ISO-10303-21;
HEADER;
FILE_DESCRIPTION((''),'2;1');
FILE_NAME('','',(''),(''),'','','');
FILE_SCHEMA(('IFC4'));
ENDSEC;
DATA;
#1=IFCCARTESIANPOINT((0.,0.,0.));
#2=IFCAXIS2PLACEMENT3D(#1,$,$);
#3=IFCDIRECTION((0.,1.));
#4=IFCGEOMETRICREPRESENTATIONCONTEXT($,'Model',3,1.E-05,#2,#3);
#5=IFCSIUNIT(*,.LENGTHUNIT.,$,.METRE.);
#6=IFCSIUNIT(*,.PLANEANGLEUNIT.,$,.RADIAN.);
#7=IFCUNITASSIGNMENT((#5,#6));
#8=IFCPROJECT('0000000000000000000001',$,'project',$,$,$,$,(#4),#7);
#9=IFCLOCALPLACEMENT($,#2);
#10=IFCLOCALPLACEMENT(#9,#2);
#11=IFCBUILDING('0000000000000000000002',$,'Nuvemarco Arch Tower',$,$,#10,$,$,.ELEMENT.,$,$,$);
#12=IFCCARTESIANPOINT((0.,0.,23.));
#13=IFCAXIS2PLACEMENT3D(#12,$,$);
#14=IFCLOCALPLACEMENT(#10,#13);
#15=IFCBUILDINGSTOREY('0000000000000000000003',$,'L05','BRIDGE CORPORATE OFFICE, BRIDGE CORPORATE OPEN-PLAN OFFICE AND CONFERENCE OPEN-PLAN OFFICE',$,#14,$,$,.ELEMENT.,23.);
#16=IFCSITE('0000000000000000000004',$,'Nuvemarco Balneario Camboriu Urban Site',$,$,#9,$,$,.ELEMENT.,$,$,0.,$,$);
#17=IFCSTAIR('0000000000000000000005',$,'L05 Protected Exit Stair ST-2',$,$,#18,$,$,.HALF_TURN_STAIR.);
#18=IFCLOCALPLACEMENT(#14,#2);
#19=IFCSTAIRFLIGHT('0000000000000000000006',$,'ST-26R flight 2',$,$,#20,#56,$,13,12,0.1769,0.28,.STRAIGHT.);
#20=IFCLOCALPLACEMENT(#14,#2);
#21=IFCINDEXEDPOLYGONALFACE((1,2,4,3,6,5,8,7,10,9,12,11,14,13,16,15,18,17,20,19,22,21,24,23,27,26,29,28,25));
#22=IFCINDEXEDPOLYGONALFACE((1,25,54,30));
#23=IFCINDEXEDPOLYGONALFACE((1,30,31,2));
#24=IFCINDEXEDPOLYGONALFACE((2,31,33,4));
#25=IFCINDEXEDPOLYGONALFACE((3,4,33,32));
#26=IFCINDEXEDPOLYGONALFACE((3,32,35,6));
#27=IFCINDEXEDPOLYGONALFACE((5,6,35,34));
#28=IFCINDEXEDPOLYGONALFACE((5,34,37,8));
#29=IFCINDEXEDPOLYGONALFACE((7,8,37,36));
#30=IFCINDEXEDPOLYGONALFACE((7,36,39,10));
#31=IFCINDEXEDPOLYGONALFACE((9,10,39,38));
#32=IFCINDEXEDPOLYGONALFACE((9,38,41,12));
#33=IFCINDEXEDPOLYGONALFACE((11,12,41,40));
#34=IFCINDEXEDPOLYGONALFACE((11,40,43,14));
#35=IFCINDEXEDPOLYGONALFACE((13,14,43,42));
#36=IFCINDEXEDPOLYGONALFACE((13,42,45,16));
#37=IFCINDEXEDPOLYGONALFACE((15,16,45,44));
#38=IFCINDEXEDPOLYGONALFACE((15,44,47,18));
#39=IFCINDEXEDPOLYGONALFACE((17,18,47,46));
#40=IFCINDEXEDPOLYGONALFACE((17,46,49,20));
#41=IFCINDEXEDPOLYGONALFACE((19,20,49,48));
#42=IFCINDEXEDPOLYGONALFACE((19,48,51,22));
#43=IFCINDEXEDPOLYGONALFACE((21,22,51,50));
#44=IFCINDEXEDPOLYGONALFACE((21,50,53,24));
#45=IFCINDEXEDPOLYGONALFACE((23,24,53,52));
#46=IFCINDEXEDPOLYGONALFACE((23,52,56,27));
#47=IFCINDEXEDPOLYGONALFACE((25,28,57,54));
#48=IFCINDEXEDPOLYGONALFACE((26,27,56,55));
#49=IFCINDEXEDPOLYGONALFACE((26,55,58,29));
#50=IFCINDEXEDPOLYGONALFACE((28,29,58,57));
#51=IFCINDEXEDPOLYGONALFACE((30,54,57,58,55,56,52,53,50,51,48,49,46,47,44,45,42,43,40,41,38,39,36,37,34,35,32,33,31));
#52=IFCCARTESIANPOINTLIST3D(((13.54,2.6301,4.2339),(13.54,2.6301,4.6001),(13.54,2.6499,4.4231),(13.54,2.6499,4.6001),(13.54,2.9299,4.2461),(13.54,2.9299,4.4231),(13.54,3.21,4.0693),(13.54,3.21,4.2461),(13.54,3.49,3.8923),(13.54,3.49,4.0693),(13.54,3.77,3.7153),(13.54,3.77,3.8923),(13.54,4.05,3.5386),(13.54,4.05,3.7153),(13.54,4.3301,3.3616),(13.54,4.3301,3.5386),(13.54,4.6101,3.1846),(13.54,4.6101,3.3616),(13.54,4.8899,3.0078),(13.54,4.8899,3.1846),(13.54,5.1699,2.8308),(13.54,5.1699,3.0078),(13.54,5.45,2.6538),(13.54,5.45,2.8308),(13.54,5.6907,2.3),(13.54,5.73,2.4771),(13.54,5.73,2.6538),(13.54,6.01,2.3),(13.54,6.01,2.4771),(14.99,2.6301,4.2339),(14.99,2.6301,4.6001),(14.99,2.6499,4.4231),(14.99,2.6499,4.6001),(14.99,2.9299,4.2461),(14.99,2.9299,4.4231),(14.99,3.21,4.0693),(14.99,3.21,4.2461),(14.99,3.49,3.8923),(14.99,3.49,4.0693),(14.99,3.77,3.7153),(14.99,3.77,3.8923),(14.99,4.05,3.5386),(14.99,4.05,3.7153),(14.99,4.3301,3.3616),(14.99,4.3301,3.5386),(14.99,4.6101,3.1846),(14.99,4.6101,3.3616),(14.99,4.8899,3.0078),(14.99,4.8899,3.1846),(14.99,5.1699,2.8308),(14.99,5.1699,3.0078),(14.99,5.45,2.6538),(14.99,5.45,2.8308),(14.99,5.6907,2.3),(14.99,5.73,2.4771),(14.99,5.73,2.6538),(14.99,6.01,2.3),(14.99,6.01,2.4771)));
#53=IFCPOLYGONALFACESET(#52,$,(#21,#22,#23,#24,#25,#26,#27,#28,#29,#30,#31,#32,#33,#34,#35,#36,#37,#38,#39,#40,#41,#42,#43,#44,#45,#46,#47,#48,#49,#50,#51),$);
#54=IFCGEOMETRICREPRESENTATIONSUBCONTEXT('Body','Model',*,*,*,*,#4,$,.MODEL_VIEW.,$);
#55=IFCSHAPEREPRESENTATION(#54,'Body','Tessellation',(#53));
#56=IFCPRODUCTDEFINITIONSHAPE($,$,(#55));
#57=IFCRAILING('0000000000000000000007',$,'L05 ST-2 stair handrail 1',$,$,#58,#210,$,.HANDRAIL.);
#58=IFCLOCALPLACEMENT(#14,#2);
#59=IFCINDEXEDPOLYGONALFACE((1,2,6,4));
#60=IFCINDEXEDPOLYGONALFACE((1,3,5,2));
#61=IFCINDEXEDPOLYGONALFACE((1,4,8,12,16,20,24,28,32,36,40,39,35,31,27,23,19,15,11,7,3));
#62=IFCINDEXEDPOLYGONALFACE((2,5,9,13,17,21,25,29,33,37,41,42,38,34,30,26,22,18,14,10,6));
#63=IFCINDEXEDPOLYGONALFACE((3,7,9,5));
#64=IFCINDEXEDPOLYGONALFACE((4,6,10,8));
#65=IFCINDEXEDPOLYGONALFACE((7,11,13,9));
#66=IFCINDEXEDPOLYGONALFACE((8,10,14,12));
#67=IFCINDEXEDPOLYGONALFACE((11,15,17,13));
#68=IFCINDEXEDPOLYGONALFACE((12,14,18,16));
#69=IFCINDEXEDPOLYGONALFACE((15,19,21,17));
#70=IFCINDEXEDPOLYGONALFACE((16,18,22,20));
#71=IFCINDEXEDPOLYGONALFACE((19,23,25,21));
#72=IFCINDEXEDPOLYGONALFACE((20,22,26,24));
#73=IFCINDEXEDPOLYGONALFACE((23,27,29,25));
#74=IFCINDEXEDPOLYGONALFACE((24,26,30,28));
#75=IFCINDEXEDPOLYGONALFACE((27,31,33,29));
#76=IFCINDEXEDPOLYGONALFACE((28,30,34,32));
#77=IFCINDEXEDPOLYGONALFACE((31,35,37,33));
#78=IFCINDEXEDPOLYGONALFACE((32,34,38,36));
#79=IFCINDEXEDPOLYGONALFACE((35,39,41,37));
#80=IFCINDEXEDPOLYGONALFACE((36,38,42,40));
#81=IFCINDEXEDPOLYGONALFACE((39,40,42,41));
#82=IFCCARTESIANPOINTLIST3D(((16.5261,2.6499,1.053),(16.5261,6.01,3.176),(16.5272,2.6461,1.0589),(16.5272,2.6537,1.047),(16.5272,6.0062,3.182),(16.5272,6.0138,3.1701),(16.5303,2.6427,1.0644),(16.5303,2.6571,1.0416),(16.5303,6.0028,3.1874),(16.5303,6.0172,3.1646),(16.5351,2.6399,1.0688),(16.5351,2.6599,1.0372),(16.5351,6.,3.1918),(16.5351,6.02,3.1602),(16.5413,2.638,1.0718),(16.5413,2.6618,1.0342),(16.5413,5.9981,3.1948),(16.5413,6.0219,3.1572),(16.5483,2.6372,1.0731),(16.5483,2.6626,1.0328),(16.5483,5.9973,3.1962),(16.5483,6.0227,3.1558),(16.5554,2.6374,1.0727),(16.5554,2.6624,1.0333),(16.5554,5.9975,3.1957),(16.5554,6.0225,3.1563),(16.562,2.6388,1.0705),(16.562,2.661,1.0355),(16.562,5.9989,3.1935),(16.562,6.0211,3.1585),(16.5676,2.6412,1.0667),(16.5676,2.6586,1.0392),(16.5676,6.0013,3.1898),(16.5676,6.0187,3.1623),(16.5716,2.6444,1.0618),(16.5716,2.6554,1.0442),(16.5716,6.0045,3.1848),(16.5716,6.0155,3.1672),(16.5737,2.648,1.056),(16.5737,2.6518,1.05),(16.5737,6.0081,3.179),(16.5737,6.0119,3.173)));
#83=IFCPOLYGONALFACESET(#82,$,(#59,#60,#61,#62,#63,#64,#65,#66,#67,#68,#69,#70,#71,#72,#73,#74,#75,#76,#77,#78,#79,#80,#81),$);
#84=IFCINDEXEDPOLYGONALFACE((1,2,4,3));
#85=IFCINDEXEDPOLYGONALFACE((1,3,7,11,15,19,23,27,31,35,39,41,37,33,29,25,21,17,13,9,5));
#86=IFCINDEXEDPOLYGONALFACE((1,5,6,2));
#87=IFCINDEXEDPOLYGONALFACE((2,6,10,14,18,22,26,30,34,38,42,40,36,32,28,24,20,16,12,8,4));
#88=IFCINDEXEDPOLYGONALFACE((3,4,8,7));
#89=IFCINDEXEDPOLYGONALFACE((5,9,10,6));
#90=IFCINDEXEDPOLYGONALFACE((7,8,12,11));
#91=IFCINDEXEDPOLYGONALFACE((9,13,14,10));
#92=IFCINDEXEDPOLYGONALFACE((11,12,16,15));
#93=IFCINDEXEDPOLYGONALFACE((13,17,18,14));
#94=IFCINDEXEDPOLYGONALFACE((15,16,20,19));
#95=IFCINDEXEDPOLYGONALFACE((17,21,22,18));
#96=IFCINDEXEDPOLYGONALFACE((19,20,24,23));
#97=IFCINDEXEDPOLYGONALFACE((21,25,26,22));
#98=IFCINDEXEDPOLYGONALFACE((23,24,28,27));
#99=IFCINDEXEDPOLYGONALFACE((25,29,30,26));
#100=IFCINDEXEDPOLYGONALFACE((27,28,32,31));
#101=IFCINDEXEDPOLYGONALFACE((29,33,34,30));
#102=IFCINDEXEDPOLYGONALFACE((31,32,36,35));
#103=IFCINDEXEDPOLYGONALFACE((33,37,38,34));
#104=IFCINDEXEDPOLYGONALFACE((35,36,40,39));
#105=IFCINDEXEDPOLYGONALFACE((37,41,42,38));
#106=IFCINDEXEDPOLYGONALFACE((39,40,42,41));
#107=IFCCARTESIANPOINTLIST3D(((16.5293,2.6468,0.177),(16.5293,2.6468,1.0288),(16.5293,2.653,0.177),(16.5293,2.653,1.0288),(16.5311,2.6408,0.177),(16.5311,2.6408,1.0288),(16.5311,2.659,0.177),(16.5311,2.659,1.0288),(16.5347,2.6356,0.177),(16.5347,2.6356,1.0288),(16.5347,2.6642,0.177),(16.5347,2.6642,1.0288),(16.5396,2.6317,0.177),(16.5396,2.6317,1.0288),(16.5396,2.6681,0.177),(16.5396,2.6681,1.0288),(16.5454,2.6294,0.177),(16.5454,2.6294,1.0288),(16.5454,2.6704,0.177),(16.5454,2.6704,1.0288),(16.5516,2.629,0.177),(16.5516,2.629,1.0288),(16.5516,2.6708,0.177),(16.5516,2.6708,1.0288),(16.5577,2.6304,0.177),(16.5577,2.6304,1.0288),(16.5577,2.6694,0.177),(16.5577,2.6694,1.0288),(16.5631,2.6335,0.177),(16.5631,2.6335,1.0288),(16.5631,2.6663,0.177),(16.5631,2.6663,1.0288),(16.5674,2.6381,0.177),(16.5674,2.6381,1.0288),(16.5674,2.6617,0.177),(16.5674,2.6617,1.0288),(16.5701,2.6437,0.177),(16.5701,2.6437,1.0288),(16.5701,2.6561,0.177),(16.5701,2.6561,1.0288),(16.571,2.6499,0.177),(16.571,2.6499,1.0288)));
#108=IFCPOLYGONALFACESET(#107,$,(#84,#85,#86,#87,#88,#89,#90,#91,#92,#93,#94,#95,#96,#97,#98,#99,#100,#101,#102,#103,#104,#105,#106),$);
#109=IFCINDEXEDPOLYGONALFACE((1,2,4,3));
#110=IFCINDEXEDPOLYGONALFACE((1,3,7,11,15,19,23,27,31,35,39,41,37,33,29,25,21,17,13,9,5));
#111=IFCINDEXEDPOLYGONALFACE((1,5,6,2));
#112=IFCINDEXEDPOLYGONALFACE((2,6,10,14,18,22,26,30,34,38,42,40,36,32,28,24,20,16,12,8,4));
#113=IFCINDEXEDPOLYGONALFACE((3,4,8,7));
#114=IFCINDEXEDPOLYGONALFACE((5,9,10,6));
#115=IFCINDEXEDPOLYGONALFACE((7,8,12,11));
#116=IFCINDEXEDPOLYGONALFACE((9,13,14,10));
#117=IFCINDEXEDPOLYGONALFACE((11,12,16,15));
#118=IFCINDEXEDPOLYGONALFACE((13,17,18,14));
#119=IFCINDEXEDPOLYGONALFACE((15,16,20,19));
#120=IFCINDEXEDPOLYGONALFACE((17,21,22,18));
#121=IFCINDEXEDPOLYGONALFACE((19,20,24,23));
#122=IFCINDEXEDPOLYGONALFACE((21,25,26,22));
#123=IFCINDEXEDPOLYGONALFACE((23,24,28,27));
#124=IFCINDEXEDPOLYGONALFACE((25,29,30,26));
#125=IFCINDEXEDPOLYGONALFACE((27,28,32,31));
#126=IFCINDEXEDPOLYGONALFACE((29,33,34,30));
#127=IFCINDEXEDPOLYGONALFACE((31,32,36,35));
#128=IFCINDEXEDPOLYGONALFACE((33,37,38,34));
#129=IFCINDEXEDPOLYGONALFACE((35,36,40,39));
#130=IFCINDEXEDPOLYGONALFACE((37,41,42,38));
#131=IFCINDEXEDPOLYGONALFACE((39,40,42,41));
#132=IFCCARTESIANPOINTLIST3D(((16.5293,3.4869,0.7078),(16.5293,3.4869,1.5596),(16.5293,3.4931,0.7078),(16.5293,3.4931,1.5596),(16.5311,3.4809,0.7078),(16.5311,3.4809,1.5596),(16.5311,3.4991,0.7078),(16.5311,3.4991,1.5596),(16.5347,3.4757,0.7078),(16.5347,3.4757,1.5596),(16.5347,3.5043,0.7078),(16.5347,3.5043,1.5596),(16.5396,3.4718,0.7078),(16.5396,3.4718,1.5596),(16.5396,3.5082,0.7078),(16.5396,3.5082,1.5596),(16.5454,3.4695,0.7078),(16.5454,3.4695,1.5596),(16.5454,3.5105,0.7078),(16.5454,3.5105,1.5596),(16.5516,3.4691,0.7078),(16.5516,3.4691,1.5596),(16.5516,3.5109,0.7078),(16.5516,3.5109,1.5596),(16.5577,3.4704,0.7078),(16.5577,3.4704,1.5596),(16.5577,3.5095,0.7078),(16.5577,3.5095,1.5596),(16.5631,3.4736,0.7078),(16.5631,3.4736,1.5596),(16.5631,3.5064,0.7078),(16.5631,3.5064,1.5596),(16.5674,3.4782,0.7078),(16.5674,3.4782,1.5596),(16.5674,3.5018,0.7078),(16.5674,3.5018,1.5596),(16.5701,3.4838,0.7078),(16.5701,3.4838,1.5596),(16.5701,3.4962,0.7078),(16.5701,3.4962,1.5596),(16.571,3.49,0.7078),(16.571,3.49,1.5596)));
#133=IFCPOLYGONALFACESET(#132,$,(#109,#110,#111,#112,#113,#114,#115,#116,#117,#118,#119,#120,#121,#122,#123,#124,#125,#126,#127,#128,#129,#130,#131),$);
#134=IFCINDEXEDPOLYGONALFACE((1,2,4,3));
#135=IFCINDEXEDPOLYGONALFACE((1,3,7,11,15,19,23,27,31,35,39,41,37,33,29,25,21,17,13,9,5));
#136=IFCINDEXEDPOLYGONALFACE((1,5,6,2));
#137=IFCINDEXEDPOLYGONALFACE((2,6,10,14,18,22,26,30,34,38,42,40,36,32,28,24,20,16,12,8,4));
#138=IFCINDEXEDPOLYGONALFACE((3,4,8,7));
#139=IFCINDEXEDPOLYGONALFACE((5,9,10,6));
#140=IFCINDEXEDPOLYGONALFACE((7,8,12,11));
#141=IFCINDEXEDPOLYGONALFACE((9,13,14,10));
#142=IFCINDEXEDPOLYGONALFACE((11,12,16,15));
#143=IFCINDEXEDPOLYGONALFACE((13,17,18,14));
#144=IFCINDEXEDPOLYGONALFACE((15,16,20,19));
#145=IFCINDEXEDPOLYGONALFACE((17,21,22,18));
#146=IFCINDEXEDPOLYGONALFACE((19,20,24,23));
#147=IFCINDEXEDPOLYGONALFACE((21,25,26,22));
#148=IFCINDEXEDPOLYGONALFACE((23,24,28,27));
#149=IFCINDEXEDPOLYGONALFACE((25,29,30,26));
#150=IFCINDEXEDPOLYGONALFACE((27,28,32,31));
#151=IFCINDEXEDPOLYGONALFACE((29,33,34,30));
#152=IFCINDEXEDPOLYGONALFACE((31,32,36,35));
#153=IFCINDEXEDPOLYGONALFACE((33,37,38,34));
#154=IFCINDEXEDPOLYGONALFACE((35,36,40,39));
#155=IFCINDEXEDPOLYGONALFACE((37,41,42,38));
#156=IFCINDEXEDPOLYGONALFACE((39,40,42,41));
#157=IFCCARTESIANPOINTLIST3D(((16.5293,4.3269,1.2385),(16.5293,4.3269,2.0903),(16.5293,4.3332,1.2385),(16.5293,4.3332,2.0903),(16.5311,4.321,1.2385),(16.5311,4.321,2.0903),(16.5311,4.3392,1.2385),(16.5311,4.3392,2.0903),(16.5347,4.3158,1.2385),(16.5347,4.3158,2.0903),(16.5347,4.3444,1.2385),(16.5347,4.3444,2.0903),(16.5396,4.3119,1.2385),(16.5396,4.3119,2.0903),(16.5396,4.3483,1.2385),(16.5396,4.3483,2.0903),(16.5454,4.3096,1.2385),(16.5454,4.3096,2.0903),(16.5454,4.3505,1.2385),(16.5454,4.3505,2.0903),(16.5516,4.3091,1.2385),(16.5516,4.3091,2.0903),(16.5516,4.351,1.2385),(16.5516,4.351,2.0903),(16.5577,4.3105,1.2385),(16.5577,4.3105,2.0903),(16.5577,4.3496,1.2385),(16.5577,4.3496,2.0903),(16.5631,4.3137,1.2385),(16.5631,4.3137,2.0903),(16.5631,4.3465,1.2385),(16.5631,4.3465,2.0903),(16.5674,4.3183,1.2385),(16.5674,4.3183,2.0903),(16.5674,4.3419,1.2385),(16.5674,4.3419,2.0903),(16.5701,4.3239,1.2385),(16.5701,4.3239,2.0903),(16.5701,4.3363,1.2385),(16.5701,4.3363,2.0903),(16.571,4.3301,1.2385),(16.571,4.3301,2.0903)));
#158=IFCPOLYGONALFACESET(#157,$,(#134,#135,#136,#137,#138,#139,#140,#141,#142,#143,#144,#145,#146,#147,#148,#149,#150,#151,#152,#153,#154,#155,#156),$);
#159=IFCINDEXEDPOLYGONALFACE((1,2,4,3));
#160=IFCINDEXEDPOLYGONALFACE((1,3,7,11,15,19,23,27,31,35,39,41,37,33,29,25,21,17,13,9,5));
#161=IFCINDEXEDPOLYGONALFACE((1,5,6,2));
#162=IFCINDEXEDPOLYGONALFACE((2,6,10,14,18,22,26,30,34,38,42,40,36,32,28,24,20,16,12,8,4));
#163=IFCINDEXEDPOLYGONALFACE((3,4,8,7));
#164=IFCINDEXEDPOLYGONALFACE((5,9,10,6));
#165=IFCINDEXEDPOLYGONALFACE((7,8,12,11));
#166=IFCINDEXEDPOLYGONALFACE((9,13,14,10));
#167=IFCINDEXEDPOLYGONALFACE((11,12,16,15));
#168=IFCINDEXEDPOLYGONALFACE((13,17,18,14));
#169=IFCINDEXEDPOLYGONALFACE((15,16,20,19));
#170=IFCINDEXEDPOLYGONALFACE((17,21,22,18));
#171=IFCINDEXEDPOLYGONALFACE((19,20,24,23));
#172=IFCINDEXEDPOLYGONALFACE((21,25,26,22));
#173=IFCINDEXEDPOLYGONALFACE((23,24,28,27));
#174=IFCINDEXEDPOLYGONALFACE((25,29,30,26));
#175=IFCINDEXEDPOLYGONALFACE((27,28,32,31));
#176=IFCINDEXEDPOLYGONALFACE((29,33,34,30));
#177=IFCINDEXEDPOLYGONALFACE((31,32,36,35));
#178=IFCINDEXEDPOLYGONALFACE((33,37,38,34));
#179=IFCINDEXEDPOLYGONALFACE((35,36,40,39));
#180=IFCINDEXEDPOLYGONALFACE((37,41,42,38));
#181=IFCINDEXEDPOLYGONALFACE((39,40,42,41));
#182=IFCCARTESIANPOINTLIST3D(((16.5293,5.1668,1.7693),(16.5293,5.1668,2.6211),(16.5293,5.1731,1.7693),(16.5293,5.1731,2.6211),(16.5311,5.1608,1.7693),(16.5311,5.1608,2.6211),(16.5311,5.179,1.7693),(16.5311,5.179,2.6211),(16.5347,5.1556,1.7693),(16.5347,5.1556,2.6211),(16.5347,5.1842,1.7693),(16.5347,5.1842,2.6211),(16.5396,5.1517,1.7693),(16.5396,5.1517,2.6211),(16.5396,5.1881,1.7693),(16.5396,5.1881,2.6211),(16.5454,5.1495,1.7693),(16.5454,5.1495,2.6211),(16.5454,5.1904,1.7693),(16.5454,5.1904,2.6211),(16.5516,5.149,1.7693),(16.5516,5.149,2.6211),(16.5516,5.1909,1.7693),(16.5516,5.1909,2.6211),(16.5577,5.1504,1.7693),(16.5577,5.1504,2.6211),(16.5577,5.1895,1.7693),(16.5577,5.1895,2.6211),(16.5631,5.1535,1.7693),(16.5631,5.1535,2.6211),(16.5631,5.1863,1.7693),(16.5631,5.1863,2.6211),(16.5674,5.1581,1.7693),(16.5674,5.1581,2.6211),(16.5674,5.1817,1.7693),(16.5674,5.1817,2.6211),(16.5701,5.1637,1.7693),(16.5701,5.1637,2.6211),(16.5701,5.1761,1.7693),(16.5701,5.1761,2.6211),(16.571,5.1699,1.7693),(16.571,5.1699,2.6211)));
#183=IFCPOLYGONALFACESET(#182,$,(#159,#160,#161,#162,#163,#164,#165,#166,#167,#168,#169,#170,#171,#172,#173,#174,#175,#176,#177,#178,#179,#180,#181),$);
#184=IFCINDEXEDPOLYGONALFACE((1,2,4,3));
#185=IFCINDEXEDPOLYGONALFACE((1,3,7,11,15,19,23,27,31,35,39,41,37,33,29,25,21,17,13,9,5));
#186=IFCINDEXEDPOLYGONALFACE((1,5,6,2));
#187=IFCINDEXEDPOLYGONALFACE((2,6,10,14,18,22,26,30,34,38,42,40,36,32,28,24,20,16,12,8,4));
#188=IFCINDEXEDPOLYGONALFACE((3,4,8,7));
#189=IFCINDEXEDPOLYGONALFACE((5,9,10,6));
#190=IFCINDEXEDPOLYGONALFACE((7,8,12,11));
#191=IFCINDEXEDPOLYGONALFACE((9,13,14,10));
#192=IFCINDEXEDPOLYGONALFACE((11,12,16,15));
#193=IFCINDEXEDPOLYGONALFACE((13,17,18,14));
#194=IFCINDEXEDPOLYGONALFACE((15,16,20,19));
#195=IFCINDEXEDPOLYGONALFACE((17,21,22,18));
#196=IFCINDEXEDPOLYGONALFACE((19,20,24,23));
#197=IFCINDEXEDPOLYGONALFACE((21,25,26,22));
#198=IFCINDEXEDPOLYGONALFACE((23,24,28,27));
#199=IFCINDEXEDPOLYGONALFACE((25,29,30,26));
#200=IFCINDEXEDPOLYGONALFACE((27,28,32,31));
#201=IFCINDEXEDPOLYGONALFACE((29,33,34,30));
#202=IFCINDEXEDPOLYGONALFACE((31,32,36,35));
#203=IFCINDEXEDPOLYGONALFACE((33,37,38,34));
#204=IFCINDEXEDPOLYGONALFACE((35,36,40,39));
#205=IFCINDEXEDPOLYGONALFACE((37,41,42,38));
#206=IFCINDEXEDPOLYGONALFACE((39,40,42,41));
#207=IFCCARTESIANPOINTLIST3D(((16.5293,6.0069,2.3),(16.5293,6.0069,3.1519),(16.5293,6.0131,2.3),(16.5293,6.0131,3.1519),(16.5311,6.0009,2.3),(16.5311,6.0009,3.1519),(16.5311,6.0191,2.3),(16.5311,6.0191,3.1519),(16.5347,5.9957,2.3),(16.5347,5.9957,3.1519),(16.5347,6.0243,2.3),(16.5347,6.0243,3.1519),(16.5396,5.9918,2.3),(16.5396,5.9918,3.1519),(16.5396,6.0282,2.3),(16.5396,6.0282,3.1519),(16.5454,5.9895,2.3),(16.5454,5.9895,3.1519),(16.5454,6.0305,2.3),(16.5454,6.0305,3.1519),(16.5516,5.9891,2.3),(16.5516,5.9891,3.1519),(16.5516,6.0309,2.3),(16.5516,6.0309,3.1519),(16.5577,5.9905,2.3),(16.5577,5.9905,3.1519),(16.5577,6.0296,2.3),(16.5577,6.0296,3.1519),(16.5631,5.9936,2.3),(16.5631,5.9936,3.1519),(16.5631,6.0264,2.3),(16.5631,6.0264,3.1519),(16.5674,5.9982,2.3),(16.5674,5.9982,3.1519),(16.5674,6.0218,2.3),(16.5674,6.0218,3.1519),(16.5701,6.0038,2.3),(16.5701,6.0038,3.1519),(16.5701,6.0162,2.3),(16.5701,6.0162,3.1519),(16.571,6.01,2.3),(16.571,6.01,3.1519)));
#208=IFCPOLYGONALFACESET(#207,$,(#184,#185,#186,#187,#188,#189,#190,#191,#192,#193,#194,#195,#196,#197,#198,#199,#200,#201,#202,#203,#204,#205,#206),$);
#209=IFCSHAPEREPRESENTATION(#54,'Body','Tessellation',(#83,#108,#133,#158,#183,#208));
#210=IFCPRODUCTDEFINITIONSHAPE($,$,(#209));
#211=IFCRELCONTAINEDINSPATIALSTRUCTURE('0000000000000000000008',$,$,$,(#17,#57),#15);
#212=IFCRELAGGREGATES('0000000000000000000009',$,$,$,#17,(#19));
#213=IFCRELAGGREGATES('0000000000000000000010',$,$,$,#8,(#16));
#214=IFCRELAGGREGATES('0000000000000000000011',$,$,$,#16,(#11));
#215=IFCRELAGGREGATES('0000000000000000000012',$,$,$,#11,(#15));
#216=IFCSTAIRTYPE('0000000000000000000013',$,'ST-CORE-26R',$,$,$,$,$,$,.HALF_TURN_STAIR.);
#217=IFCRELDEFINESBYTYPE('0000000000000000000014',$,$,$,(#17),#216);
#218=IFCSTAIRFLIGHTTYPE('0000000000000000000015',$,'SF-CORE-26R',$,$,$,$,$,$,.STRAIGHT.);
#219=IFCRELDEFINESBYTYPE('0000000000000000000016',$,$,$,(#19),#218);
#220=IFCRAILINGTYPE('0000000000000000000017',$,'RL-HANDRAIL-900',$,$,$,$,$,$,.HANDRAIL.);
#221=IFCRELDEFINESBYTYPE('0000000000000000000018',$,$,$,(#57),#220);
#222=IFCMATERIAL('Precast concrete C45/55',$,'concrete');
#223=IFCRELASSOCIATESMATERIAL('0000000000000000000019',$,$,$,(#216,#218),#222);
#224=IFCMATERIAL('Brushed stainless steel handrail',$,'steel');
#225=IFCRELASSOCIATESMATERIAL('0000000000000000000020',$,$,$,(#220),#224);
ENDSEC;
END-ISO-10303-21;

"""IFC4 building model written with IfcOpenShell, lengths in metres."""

from ifc_helpers import new_model, si_unit, direction, frame, origin, origin_2d, place, context, subcontext, project, spatial, polyline, circle, outline, extrude, material, type_object, element, aggregate, save


model = new_model("IFC4")

# Units and contexts
model_context = context("Model", 3, precision=1e-05, world=origin(), true_north=direction((0.0, 1.0)))
body_context = subcontext(model_context, "Body", "Model", "MODEL_VIEW")
ifc_project = project(units=[si_unit("LENGTHUNIT", "METRE"), si_unit("PLANEANGLEUNIT", "RADIAN")], contexts=[model_context])

# Site, building, storey
site_placement = place(None, origin())
site = spatial("IfcSite", under=ifc_project, at=site_placement, Name="Nuvemarco Balneario Camboriu Urban Site", CompositionType="ELEMENT", RefElevation=0.0)
building_placement = place(site_placement, origin())
building = spatial("IfcBuilding", under=site, at=building_placement, Name="Nuvemarco Arch Tower", CompositionType="ELEMENT")
storey_placement = place(building_placement, frame((0.0, 0.0, 23.0)))
storey = spatial("IfcBuildingStorey", under=building, at=storey_placement, Name="L05", Description="BRIDGE CORPORATE OFFICE, BRIDGE CORPORATE OPEN-PLAN OFFICE AND CONFERENCE OPEN-PLAN OFFICE", CompositionType="ELEMENT", Elevation=23.0)

# Stair, stair flight
ifc_material_1 = material(Name="Precast concrete C45/55", Category="concrete")
stair_type = type_object("IfcStairType", Name="ST-CORE-26R", PredefinedType="HALF_TURN_STAIR", material=ifc_material_1)
stair_placement = place(storey_placement, origin())
stair = element("IfcStair", 1, at=stair_placement, inside=storey, type_object=stair_type, Name="L05 Protected Exit Stair ST-2", PredefinedType="HALF_TURN_STAIR")
stair_flight_type = type_object("IfcStairFlightType", Name="SF-CORE-26R", PredefinedType="STRAIGHT", material=ifc_material_1)
stair_flight_1_placement = place(storey_placement, frame((14.2649, 6.01, 2.3), z_axis=(0.0, 0.0, 1.0), x_axis=(0.0, -1.0, 0.0)))
stair_flight_1 = element("IfcStairFlight", 2, at=stair_flight_1_placement, type_object=stair_flight_type, Name="ST-26R flight 2", NumberOfRisers=13, NumberOfTreads=12, PredefinedType="STRAIGHT", RiserHeight=0.1769, TreadLength=0.28, context=body_context, shape_type="SweptSolid", body=[
    extrude(outline(polyline([(0.0, 0.0), (0.0, 0.177), (0.28, 0.177), (0.28, 0.3538), (0.5601, 0.3538), (0.5601, 0.5308), (0.8401, 0.5308), (0.8401, 0.7078), (1.1201, 0.7078), (1.1201, 0.8845), (1.3999, 0.8845), (1.3999, 1.0615), (1.6799, 1.0615), (1.6799, 1.2385), (1.96, 1.2385), (1.96, 1.4153), (2.24, 1.4153), (2.24, 1.5923), (2.52, 1.5923), (2.52, 1.7693), (2.8, 1.7693), (2.8, 1.946), (3.0801, 1.946), (3.0801, 2.123), (3.3601, 2.123), (3.3601, 2.3), (3.3799, 2.3), (3.3799, 1.9338), (0.3193, 0.0), (0.0, 0.0)])), frame((0.0, 0.7251, 0.0), z_axis=(0.0, -1.0, 0.0), x_axis=(1.0, 0.0, 0.0)), (0.0, 0.0, 1.0), 1.45),
])
aggregate(stair, [stair_flight_1])

# Railing
ifc_material_2 = material(Name="Brushed stainless steel handrail", Category="steel")
railing_type_1 = type_object("IfcRailingType", Name="RL-HANDRAIL-900", PredefinedType="HANDRAIL", material=ifc_material_2)
railing_1_placement = place(storey_placement, frame((16.55, 2.6499, 0.177)))
element("IfcRailing", 3, at=railing_1_placement, inside=storey, type_object=railing_type_1, Name="L05 ST-2 stair handrail 1", PredefinedType="HANDRAIL", context=body_context, shape_type="SweptSolid", body=[
    extrude(circle(Radius=0.0239, at=origin_2d()), frame((0.0, 0.0, 0.876), z_axis=(0.0, 0.84539, 0.53415), x_axis=(-1.0, 0.0, 0.0)), (0.0, 0.0, 1.0), 3.9746),
    extrude(circle(Radius=0.021, at=origin_2d()), origin(), (0.0, 0.0, 1.0), 0.8518),
    extrude(circle(Radius=0.021, at=origin_2d()), frame((0.0, 0.8401, 0.5308)), (0.0, 0.0, 1.0), 0.8518),
    extrude(circle(Radius=0.021, at=origin_2d()), frame((0.0, 1.6802, 1.0615)), (0.0, 0.0, 1.0), 0.8518),
    extrude(circle(Radius=0.021, at=origin_2d()), frame((0.0, 2.52, 1.5923)), (0.0, 0.0, 1.0), 0.8518),
    extrude(circle(Radius=0.021, at=origin_2d()), frame((0.0, 3.3601, 2.123)), (0.0, 0.0, 1.0), 0.8518),
])

save(model, "model.ifc")
